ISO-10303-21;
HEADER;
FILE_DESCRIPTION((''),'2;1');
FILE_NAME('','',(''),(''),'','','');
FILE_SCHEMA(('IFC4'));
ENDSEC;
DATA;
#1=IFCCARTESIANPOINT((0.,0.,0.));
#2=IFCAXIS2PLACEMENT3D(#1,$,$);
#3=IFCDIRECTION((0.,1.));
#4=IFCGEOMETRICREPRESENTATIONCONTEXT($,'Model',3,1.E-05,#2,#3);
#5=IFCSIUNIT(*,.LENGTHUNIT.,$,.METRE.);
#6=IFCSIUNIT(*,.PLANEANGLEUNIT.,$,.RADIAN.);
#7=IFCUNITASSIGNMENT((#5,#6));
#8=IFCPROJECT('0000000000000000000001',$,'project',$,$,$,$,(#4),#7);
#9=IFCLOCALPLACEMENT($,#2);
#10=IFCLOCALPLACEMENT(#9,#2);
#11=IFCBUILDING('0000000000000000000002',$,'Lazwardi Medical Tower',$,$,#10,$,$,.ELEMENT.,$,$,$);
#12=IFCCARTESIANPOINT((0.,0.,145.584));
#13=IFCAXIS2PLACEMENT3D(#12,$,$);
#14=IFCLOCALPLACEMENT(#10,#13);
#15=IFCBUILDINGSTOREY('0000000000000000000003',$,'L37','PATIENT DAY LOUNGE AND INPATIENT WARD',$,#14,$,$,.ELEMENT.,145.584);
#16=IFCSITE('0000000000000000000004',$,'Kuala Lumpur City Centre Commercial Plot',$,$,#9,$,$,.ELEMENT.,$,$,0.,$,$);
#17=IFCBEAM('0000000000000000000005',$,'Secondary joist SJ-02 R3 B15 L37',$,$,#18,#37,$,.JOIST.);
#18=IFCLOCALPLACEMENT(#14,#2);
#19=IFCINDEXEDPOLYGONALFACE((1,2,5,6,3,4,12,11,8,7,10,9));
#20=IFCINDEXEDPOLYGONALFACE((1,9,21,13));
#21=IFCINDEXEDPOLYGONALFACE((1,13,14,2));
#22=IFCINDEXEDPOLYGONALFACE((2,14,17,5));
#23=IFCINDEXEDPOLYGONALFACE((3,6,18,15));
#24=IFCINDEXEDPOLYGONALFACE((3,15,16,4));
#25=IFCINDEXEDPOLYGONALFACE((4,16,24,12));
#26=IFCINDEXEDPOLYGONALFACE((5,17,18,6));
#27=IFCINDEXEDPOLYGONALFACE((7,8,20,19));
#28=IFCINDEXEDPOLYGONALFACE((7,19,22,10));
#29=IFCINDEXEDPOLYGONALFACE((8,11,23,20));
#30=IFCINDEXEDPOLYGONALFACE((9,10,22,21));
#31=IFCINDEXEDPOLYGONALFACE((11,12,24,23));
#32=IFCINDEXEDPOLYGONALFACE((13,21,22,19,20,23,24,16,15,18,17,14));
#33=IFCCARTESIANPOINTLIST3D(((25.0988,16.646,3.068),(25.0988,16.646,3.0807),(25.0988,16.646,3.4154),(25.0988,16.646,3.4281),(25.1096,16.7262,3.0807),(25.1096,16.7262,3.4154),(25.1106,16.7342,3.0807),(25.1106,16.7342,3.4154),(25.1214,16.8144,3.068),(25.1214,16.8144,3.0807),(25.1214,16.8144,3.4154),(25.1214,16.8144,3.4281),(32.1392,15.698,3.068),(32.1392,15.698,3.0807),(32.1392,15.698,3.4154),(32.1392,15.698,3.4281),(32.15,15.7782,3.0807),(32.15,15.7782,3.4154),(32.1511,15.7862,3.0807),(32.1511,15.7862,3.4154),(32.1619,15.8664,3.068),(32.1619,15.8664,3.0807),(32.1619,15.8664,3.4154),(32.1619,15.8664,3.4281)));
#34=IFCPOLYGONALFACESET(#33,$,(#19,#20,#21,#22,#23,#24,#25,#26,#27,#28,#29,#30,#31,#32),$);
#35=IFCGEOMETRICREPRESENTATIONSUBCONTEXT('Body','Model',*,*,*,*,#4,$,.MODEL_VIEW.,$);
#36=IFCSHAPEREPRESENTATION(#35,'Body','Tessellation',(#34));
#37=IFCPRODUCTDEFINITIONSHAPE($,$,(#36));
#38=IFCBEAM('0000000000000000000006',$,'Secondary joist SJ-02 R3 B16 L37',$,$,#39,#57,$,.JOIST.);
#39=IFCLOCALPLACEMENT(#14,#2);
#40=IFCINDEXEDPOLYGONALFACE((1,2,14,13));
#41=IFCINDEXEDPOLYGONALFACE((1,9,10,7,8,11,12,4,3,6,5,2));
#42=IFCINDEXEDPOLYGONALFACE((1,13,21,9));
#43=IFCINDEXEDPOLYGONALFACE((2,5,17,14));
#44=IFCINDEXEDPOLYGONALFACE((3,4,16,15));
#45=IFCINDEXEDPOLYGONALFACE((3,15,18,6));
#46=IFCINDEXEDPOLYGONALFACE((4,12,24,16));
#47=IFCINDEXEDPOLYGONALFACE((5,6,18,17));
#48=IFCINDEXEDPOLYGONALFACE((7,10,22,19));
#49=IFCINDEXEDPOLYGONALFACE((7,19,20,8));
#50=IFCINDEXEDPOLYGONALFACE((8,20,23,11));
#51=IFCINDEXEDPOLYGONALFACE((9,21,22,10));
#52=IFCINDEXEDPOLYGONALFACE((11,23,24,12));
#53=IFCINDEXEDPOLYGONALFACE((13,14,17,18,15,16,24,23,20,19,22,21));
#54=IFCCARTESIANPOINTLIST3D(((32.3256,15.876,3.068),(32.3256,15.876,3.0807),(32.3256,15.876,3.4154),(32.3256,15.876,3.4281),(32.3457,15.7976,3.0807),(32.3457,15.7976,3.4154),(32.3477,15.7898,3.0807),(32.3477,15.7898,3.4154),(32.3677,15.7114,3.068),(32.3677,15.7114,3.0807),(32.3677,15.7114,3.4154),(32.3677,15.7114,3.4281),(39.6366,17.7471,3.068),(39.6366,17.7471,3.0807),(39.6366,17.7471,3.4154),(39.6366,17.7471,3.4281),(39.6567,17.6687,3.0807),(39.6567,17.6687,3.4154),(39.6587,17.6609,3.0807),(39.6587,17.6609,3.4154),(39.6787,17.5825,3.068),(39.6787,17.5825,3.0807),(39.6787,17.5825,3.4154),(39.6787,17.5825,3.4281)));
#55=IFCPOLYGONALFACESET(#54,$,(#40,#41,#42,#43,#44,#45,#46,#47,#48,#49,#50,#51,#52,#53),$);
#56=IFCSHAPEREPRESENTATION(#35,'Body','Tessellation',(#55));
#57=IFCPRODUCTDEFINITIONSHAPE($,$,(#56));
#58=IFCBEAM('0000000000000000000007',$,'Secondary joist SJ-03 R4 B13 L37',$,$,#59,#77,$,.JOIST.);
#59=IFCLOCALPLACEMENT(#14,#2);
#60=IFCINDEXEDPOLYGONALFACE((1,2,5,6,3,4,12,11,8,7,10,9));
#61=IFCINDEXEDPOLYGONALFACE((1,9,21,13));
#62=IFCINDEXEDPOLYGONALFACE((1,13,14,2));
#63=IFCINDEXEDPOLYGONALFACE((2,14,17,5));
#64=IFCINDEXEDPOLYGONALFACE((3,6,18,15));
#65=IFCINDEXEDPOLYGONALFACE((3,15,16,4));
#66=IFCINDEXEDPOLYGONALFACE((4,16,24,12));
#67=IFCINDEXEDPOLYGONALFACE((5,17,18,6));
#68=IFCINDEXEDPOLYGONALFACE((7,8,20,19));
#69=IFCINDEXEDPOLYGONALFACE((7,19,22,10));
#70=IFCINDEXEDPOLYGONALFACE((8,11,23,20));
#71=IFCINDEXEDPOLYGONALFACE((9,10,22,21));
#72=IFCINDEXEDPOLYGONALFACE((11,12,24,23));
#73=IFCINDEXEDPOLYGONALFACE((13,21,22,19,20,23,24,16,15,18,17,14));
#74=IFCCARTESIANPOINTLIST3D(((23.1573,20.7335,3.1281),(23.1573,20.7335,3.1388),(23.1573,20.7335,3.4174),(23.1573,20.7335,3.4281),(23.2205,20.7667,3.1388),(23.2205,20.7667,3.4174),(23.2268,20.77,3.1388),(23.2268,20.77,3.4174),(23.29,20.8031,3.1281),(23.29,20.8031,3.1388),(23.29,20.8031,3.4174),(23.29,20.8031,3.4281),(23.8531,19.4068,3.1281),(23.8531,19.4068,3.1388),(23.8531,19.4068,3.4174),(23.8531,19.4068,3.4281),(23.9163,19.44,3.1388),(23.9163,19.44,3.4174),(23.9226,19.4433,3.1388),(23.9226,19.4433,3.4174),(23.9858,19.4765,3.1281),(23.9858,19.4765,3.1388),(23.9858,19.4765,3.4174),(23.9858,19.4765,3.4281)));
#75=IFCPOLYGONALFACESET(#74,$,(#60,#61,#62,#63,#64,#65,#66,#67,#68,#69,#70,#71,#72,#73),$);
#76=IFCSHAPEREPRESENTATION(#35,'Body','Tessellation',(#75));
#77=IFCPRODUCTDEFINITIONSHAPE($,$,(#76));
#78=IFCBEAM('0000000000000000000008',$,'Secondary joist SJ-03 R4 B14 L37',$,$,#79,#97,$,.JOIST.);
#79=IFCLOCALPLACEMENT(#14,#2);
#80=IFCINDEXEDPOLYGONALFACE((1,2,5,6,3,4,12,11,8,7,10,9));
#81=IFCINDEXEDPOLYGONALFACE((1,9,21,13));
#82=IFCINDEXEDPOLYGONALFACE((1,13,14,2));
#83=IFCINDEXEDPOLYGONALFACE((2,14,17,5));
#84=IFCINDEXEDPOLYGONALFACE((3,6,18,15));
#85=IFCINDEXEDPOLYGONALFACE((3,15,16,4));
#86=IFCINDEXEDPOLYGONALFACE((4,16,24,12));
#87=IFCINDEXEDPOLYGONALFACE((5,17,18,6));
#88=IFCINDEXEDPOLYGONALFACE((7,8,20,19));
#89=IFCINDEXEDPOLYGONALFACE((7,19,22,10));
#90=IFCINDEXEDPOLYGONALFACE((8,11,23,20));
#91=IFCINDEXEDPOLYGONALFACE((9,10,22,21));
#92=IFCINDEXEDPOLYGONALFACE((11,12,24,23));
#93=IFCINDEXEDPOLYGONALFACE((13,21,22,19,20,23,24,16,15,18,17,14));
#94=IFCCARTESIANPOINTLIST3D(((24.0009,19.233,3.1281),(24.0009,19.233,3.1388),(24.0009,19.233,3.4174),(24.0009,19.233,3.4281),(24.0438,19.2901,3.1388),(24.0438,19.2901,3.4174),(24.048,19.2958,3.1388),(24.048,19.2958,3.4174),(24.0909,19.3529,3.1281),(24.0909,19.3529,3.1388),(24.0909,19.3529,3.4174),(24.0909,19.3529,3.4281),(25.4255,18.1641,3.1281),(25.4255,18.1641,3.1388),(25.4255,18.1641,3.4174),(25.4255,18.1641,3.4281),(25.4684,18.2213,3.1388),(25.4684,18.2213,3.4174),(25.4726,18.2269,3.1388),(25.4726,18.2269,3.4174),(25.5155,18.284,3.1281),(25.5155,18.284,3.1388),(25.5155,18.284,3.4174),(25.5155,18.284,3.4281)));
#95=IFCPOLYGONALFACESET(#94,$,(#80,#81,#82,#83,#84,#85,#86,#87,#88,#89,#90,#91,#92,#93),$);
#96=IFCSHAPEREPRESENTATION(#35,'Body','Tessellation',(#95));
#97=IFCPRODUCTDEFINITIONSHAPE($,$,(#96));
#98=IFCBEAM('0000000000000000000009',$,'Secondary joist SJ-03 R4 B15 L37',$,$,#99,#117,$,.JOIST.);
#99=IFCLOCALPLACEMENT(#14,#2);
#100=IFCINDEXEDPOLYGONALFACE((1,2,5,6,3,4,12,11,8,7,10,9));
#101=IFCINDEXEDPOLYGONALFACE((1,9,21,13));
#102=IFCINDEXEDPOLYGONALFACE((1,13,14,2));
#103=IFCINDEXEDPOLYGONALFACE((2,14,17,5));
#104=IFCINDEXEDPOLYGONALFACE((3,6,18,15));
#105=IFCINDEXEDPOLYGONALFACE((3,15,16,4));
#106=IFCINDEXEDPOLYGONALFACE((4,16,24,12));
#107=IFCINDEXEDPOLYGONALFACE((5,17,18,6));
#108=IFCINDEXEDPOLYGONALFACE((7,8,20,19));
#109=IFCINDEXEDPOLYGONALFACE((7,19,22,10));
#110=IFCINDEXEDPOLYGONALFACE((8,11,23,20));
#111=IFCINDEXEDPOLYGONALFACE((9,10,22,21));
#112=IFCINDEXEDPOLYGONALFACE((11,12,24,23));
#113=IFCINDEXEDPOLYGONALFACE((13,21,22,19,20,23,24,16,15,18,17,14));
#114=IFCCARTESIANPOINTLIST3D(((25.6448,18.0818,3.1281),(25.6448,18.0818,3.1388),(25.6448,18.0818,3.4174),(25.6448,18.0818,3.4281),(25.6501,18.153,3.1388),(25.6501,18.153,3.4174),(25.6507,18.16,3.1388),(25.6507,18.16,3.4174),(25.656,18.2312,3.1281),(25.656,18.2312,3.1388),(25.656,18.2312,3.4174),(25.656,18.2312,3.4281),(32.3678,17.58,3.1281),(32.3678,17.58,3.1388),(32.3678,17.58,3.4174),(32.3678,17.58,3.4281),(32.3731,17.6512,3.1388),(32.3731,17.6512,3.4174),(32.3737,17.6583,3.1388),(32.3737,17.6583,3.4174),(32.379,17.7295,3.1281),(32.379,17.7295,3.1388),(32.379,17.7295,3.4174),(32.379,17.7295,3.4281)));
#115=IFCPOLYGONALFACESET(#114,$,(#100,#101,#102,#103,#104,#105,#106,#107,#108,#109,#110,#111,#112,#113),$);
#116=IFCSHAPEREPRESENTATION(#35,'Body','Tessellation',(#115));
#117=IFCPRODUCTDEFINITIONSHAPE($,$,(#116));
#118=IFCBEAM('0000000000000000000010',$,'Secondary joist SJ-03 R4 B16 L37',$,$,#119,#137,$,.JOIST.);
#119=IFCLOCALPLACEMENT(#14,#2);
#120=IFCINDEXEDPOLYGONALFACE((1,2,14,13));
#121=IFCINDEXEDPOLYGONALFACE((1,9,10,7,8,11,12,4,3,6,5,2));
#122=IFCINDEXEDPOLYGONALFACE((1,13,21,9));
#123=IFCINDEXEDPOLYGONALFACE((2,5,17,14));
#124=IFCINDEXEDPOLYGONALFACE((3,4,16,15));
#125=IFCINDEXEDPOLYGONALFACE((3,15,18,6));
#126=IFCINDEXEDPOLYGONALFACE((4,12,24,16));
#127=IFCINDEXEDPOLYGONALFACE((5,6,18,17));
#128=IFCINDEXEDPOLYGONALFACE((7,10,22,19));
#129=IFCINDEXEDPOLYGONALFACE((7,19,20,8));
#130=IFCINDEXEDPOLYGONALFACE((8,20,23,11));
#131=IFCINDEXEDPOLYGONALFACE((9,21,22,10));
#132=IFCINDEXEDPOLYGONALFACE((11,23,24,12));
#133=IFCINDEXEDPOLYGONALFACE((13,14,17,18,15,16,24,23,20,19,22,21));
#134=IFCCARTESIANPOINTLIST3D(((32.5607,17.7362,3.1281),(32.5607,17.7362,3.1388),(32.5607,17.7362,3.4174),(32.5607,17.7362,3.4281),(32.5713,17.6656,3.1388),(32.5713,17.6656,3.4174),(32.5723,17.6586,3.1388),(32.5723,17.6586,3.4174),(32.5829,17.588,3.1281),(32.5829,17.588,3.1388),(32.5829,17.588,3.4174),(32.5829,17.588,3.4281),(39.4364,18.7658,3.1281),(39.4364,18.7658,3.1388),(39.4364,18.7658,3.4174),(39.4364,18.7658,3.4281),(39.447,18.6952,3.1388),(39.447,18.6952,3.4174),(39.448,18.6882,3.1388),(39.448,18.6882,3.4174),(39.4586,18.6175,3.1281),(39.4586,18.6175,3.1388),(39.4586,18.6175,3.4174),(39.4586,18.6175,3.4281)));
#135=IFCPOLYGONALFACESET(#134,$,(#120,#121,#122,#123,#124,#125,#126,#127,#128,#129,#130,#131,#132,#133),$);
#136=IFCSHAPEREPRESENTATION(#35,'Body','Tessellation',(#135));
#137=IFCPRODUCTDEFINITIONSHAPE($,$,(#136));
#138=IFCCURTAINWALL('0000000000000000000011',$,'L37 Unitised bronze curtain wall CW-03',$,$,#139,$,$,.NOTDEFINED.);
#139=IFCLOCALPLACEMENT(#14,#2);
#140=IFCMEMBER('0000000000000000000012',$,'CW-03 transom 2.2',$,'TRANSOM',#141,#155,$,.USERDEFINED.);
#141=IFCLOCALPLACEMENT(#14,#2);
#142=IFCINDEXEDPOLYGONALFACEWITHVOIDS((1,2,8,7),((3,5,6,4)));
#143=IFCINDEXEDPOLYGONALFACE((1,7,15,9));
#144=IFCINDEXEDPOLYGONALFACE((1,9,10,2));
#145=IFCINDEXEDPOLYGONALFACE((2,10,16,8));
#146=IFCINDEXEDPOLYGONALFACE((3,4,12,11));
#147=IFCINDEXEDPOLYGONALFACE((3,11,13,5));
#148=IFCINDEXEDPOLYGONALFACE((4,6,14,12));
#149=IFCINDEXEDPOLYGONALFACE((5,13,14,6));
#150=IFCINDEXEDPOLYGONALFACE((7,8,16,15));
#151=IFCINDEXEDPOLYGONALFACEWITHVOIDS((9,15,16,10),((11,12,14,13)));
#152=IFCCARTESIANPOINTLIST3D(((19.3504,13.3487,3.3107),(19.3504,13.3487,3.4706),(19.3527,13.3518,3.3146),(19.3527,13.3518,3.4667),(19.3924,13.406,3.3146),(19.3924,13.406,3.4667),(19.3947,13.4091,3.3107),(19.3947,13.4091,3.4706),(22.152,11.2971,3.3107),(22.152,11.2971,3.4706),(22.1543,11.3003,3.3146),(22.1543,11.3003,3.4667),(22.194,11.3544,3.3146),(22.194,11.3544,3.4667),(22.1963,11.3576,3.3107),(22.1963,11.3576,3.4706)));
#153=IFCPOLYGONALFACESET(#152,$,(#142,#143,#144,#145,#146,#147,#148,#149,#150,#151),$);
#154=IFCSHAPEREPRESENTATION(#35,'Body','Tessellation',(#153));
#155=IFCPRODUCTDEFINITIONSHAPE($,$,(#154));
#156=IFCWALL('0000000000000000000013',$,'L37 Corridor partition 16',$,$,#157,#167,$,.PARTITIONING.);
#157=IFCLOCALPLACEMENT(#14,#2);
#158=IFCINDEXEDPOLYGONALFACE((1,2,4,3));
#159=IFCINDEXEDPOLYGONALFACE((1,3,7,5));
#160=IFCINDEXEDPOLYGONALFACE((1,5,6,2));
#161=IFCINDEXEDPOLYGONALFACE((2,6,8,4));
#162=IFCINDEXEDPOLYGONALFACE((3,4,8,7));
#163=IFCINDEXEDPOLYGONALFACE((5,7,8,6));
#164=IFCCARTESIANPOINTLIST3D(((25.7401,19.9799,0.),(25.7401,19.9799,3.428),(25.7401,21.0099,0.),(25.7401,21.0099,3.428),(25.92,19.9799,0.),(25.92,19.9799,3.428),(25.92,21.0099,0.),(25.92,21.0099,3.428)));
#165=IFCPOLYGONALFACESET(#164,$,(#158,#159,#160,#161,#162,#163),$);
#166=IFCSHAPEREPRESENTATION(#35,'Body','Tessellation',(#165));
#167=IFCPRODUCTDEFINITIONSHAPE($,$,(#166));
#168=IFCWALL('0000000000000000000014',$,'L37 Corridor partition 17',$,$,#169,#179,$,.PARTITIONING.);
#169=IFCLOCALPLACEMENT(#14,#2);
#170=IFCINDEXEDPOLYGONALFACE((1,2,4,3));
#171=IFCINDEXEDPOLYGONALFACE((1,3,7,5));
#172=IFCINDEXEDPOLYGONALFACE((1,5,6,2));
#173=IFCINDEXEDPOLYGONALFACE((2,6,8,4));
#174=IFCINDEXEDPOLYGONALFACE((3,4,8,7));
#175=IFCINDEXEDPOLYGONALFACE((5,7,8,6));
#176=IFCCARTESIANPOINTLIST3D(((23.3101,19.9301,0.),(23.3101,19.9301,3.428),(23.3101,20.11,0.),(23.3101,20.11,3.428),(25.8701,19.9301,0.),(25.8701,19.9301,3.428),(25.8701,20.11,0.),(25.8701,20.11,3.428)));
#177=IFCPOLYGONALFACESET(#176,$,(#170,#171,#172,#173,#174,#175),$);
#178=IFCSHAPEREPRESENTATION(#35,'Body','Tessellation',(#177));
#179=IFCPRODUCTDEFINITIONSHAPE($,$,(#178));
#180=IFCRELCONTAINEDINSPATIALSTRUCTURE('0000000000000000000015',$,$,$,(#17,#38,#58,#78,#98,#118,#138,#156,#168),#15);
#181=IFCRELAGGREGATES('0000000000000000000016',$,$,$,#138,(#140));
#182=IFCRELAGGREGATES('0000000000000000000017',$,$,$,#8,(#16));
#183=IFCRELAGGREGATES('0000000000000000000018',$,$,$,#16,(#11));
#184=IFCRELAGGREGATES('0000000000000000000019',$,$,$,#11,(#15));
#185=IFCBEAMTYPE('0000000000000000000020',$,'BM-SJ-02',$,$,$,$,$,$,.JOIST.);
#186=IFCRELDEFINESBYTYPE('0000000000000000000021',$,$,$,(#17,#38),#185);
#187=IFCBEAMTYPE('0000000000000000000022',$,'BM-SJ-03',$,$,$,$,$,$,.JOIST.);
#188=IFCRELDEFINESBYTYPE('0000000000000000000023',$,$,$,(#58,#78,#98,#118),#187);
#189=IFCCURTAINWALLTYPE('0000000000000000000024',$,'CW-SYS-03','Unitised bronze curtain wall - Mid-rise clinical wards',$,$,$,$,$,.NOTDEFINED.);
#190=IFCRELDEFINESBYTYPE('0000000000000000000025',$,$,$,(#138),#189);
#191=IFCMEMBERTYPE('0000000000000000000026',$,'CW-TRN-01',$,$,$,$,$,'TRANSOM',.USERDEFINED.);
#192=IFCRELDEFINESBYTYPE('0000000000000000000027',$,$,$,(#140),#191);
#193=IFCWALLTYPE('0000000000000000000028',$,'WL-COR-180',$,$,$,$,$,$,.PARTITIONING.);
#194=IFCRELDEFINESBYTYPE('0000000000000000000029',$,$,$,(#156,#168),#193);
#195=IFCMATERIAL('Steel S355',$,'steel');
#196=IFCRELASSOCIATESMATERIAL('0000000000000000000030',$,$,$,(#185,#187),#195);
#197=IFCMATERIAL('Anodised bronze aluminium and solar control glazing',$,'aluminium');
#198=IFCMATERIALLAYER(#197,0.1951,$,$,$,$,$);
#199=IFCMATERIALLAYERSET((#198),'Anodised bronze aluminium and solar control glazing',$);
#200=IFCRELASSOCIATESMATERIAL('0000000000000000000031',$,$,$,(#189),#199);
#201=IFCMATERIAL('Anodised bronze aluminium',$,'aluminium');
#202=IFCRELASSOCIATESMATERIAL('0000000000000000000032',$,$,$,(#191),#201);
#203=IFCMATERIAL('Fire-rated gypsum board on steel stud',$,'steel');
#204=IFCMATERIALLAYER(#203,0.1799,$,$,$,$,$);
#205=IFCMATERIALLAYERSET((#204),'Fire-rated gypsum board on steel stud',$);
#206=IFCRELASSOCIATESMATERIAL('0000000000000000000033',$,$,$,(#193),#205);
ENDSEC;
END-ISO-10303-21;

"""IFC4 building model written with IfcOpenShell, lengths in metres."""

from ifc_helpers import new_model, si_unit, direction, frame, frame_2d, origin, origin_2d, place, context, subcontext, project, spatial, rectangle, hollow_rectangle, i_section, extrude, material, layer, layer_set, material_profile, profile_set, type_object, element, aggregate, save


model = new_model("IFC4")

# Units and contexts
model_context = context("Model", 3, precision=1e-05, world=origin(), true_north=direction((0.0, 1.0)))
body_context = subcontext(model_context, "Body", "Model", "MODEL_VIEW")
ifc_project = project(units=[si_unit("LENGTHUNIT", "METRE"), si_unit("PLANEANGLEUNIT", "RADIAN")], contexts=[model_context])

# Site, building, storey
site_placement = place(None, origin())
site = spatial("IfcSite", under=ifc_project, at=site_placement, Name="Kuala Lumpur City Centre Commercial Plot", CompositionType="ELEMENT", RefElevation=0.0)
building_placement = place(site_placement, origin())
building = spatial("IfcBuilding", under=site, at=building_placement, Name="Lazwardi Medical Tower", CompositionType="ELEMENT")
storey_placement = place(building_placement, frame((0.0, 0.0, 145.584)))
storey = spatial("IfcBuildingStorey", under=building, at=storey_placement, Name="L37", Description="PATIENT DAY LOUNGE AND INPATIENT WARD", CompositionType="ELEMENT", Elevation=145.584)

# Beams
ifc_material_1 = material(Name="Steel S355", Category="steel")
ifc_material_profile_1 = material_profile(ifc_material_1, i_section(OverallWidth=0.1699, OverallDepth=0.3601, WebThickness=0.0081, FlangeThickness=0.0127, at=origin_2d()), Name="IPE 360")
ifc_profile_set_1 = profile_set([ifc_material_profile_1], Name="Steel S355")
beam_type_1 = type_object("IfcBeamType", Name="BM-SJ-02", PredefinedType="JOIST", material=ifc_profile_set_1)
beam_1_placement = place(storey_placement, frame((25.1101, 16.7302, 3.248), z_axis=(0.991056, -0.133444, 0.0), x_axis=(0.133444, 0.991056, 0.0)))
element("IfcBeam", 1, at=beam_1_placement, inside=storey, type_object=beam_type_1, Name="Secondary joist SJ-02 R3 B15 L37", PredefinedType="JOIST", context=body_context, shape_type="SweptSolid", body=[
    extrude(i_section(OverallWidth=0.1699, OverallDepth=0.3601, WebThickness=0.0081, FlangeThickness=0.0127, at=origin_2d()), origin(), (0.0, 0.0, 1.0), 7.104),
])
beam_2_placement = place(storey_placement, frame((32.3467, 15.7937, 3.248), z_axis=(0.968776, 0.247936, 0.0), x_axis=(-0.247936, 0.968776, 0.0)))
element("IfcBeam", 2, at=beam_2_placement, inside=storey, type_object=beam_type_1, Name="Secondary joist SJ-02 R3 B16 L37", PredefinedType="JOIST", context=body_context, shape_type="SweptSolid", body=[
    extrude(i_section(OverallWidth=0.1699, OverallDepth=0.3601, WebThickness=0.0081, FlangeThickness=0.0127, at=origin_2d()), origin(), (0.0, 0.0, 1.0), 7.5466),
])
ifc_material_profile_2 = material_profile(ifc_material_1, i_section(OverallWidth=0.1499, OverallDepth=0.3, WebThickness=0.0071, FlangeThickness=0.0107, at=origin_2d()), Name="IPE 300")
ifc_profile_set_2 = profile_set([ifc_material_profile_2], Name="Steel S355")
beam_type_2 = type_object("IfcBeamType", Name="BM-SJ-03", PredefinedType="JOIST", material=ifc_profile_set_2)
beam_3_placement = place(storey_placement, frame((23.2236, 20.7683, 3.2781), z_axis=(0.46447, -0.885589, 0.0), x_axis=(0.885589, 0.46447, 0.0)))
element("IfcBeam", 3, at=beam_3_placement, inside=storey, type_object=beam_type_2, Name="Secondary joist SJ-03 R4 B13 L37", PredefinedType="JOIST", context=body_context, shape_type="SweptSolid", body=[
    extrude(i_section(OverallWidth=0.1499, OverallDepth=0.3, WebThickness=0.0071, FlangeThickness=0.0107, at=origin_2d()), origin(), (0.0, 0.0, 1.0), 1.498),
])
beam_4_placement = place(storey_placement, frame((24.0459, 19.293, 3.2781), z_axis=(0.799885, -0.600154, 0.0), x_axis=(0.600154, 0.799885, 0.0)))
element("IfcBeam", 4, at=beam_4_placement, inside=storey, type_object=beam_type_2, Name="Secondary joist SJ-03 R4 B14 L37", PredefinedType="JOIST", context=body_context, shape_type="SweptSolid", body=[
    extrude(i_section(OverallWidth=0.1499, OverallDepth=0.3, WebThickness=0.0071, FlangeThickness=0.0107, at=origin_2d()), origin(), (0.0, 0.0, 1.0), 1.781),
])
beam_5_placement = place(storey_placement, frame((25.6504, 18.1565, 3.2781), z_axis=(0.997227, -0.07442, 0.0), x_axis=(0.07442, 0.997227, 0.0)))
element("IfcBeam", 5, at=beam_5_placement, inside=storey, type_object=beam_type_2, Name="Secondary joist SJ-03 R4 B15 L37", PredefinedType="JOIST", context=body_context, shape_type="SweptSolid", body=[
    extrude(i_section(OverallWidth=0.1499, OverallDepth=0.3, WebThickness=0.0071, FlangeThickness=0.0107, at=origin_2d()), origin(), (0.0, 0.0, 1.0), 6.7417),
])
beam_6_placement = place(storey_placement, frame((32.5718, 17.6621, 3.2781), z_axis=(0.988975, 0.148085, 0.0), x_axis=(-0.148085, 0.988975, 0.0)))
element("IfcBeam", 6, at=beam_6_placement, inside=storey, type_object=beam_type_2, Name="Secondary joist SJ-03 R4 B16 L37", PredefinedType="JOIST", context=body_context, shape_type="SweptSolid", body=[
    extrude(i_section(OverallWidth=0.1499, OverallDepth=0.3, WebThickness=0.0071, FlangeThickness=0.0107, at=origin_2d()), origin(), (0.0, 0.0, 1.0), 6.9524),
])

# Curtain wall, member
ifc_material_2 = material(Name="Anodised bronze aluminium and solar control glazing", Category="aluminium")
ifc_layer_1 = layer(ifc_material_2, 0.1951)
ifc_layer_set_1 = layer_set([ifc_layer_1], Name="Anodised bronze aluminium and solar control glazing")
curtain_wall_type = type_object("IfcCurtainWallType", Name="CW-SYS-03", Description="Unitised bronze curtain wall - Mid-rise clinical wards", PredefinedType="NOTDEFINED", material=ifc_layer_set_1)
curtain_wall_placement = place(storey_placement, origin())
curtain_wall = element("IfcCurtainWall", 7, at=curtain_wall_placement, inside=storey, type_object=curtain_wall_type, Name="L37 Unitised bronze curtain wall CW-03", PredefinedType="NOTDEFINED")
ifc_material_3 = material(Name="Anodised bronze aluminium", Category="aluminium")
ifc_material_profile_3 = material_profile(ifc_material_3, hollow_rectangle(XDim=0.075, YDim=0.1599, WallThickness=0.0039, at=origin_2d()), Name="ALU-TRANSOM 160x75x4")
ifc_profile_set_3 = profile_set([ifc_material_profile_3], Name="Anodised bronze aluminium")
member_type = type_object("IfcMemberType", Name="CW-TRN-01", ElementType="TRANSOM", PredefinedType="USERDEFINED", material=ifc_profile_set_3)
member_placement = place(storey_placement, frame((19.3726, 13.3789, 3.3906), z_axis=(0.806807, -0.590815, 0.0), x_axis=(0.590815, 0.806807, 0.0)))
member = element("IfcMember", 8, at=member_placement, type_object=member_type, Name="CW-03 transom 2.2", ObjectType="TRANSOM", PredefinedType="USERDEFINED", context=body_context, shape_type="SweptSolid", body=[
    extrude(hollow_rectangle(XDim=0.075, YDim=0.1599, WallThickness=0.0039, at=origin_2d()), origin(), (0.0, 0.0, 1.0), 3.4724),
])
aggregate(curtain_wall, [member])

# Walls
ifc_material_4 = material(Name="Fire-rated gypsum board on steel stud", Category="steel")
ifc_layer_2 = layer(ifc_material_4, 0.1799)
ifc_layer_set_2 = layer_set([ifc_layer_2], Name="Fire-rated gypsum board on steel stud")
wall_type_1 = type_object("IfcWallType", Name="WL-COR-180", PredefinedType="PARTITIONING", material=ifc_layer_set_2)
wall_1_placement = place(storey_placement, frame((25.8301, 21.01, 0.0), z_axis=(0.0, 0.0, 1.0), x_axis=(0.0, -1.0, 0.0)))
element("IfcWall", 9, at=wall_1_placement, inside=storey, type_object=wall_type_1, Name="L37 Corridor partition 16", PredefinedType="PARTITIONING", context=body_context, shape_type="SweptSolid", body=[
    extrude(rectangle(XDim=1.03, YDim=0.1799, at=frame_2d((0.5151, 0.0))), origin(), (0.0, 0.0, 1.0), 3.428),
])
wall_2_placement = place(storey_placement, frame((25.8701, 20.02, 0.0), z_axis=(0.0, 0.0, 1.0), x_axis=(-1.0, 0.0, 0.0)))
element("IfcWall", 10, at=wall_2_placement, inside=storey, type_object=wall_type_1, Name="L37 Corridor partition 17", PredefinedType="PARTITIONING", context=body_context, shape_type="SweptSolid", body=[
    extrude(rectangle(XDim=2.5601, YDim=0.1799, at=frame_2d((1.28, 0.0))), origin(), (0.0, 0.0, 1.0), 3.428),
])

save(model, "model.ifc")
